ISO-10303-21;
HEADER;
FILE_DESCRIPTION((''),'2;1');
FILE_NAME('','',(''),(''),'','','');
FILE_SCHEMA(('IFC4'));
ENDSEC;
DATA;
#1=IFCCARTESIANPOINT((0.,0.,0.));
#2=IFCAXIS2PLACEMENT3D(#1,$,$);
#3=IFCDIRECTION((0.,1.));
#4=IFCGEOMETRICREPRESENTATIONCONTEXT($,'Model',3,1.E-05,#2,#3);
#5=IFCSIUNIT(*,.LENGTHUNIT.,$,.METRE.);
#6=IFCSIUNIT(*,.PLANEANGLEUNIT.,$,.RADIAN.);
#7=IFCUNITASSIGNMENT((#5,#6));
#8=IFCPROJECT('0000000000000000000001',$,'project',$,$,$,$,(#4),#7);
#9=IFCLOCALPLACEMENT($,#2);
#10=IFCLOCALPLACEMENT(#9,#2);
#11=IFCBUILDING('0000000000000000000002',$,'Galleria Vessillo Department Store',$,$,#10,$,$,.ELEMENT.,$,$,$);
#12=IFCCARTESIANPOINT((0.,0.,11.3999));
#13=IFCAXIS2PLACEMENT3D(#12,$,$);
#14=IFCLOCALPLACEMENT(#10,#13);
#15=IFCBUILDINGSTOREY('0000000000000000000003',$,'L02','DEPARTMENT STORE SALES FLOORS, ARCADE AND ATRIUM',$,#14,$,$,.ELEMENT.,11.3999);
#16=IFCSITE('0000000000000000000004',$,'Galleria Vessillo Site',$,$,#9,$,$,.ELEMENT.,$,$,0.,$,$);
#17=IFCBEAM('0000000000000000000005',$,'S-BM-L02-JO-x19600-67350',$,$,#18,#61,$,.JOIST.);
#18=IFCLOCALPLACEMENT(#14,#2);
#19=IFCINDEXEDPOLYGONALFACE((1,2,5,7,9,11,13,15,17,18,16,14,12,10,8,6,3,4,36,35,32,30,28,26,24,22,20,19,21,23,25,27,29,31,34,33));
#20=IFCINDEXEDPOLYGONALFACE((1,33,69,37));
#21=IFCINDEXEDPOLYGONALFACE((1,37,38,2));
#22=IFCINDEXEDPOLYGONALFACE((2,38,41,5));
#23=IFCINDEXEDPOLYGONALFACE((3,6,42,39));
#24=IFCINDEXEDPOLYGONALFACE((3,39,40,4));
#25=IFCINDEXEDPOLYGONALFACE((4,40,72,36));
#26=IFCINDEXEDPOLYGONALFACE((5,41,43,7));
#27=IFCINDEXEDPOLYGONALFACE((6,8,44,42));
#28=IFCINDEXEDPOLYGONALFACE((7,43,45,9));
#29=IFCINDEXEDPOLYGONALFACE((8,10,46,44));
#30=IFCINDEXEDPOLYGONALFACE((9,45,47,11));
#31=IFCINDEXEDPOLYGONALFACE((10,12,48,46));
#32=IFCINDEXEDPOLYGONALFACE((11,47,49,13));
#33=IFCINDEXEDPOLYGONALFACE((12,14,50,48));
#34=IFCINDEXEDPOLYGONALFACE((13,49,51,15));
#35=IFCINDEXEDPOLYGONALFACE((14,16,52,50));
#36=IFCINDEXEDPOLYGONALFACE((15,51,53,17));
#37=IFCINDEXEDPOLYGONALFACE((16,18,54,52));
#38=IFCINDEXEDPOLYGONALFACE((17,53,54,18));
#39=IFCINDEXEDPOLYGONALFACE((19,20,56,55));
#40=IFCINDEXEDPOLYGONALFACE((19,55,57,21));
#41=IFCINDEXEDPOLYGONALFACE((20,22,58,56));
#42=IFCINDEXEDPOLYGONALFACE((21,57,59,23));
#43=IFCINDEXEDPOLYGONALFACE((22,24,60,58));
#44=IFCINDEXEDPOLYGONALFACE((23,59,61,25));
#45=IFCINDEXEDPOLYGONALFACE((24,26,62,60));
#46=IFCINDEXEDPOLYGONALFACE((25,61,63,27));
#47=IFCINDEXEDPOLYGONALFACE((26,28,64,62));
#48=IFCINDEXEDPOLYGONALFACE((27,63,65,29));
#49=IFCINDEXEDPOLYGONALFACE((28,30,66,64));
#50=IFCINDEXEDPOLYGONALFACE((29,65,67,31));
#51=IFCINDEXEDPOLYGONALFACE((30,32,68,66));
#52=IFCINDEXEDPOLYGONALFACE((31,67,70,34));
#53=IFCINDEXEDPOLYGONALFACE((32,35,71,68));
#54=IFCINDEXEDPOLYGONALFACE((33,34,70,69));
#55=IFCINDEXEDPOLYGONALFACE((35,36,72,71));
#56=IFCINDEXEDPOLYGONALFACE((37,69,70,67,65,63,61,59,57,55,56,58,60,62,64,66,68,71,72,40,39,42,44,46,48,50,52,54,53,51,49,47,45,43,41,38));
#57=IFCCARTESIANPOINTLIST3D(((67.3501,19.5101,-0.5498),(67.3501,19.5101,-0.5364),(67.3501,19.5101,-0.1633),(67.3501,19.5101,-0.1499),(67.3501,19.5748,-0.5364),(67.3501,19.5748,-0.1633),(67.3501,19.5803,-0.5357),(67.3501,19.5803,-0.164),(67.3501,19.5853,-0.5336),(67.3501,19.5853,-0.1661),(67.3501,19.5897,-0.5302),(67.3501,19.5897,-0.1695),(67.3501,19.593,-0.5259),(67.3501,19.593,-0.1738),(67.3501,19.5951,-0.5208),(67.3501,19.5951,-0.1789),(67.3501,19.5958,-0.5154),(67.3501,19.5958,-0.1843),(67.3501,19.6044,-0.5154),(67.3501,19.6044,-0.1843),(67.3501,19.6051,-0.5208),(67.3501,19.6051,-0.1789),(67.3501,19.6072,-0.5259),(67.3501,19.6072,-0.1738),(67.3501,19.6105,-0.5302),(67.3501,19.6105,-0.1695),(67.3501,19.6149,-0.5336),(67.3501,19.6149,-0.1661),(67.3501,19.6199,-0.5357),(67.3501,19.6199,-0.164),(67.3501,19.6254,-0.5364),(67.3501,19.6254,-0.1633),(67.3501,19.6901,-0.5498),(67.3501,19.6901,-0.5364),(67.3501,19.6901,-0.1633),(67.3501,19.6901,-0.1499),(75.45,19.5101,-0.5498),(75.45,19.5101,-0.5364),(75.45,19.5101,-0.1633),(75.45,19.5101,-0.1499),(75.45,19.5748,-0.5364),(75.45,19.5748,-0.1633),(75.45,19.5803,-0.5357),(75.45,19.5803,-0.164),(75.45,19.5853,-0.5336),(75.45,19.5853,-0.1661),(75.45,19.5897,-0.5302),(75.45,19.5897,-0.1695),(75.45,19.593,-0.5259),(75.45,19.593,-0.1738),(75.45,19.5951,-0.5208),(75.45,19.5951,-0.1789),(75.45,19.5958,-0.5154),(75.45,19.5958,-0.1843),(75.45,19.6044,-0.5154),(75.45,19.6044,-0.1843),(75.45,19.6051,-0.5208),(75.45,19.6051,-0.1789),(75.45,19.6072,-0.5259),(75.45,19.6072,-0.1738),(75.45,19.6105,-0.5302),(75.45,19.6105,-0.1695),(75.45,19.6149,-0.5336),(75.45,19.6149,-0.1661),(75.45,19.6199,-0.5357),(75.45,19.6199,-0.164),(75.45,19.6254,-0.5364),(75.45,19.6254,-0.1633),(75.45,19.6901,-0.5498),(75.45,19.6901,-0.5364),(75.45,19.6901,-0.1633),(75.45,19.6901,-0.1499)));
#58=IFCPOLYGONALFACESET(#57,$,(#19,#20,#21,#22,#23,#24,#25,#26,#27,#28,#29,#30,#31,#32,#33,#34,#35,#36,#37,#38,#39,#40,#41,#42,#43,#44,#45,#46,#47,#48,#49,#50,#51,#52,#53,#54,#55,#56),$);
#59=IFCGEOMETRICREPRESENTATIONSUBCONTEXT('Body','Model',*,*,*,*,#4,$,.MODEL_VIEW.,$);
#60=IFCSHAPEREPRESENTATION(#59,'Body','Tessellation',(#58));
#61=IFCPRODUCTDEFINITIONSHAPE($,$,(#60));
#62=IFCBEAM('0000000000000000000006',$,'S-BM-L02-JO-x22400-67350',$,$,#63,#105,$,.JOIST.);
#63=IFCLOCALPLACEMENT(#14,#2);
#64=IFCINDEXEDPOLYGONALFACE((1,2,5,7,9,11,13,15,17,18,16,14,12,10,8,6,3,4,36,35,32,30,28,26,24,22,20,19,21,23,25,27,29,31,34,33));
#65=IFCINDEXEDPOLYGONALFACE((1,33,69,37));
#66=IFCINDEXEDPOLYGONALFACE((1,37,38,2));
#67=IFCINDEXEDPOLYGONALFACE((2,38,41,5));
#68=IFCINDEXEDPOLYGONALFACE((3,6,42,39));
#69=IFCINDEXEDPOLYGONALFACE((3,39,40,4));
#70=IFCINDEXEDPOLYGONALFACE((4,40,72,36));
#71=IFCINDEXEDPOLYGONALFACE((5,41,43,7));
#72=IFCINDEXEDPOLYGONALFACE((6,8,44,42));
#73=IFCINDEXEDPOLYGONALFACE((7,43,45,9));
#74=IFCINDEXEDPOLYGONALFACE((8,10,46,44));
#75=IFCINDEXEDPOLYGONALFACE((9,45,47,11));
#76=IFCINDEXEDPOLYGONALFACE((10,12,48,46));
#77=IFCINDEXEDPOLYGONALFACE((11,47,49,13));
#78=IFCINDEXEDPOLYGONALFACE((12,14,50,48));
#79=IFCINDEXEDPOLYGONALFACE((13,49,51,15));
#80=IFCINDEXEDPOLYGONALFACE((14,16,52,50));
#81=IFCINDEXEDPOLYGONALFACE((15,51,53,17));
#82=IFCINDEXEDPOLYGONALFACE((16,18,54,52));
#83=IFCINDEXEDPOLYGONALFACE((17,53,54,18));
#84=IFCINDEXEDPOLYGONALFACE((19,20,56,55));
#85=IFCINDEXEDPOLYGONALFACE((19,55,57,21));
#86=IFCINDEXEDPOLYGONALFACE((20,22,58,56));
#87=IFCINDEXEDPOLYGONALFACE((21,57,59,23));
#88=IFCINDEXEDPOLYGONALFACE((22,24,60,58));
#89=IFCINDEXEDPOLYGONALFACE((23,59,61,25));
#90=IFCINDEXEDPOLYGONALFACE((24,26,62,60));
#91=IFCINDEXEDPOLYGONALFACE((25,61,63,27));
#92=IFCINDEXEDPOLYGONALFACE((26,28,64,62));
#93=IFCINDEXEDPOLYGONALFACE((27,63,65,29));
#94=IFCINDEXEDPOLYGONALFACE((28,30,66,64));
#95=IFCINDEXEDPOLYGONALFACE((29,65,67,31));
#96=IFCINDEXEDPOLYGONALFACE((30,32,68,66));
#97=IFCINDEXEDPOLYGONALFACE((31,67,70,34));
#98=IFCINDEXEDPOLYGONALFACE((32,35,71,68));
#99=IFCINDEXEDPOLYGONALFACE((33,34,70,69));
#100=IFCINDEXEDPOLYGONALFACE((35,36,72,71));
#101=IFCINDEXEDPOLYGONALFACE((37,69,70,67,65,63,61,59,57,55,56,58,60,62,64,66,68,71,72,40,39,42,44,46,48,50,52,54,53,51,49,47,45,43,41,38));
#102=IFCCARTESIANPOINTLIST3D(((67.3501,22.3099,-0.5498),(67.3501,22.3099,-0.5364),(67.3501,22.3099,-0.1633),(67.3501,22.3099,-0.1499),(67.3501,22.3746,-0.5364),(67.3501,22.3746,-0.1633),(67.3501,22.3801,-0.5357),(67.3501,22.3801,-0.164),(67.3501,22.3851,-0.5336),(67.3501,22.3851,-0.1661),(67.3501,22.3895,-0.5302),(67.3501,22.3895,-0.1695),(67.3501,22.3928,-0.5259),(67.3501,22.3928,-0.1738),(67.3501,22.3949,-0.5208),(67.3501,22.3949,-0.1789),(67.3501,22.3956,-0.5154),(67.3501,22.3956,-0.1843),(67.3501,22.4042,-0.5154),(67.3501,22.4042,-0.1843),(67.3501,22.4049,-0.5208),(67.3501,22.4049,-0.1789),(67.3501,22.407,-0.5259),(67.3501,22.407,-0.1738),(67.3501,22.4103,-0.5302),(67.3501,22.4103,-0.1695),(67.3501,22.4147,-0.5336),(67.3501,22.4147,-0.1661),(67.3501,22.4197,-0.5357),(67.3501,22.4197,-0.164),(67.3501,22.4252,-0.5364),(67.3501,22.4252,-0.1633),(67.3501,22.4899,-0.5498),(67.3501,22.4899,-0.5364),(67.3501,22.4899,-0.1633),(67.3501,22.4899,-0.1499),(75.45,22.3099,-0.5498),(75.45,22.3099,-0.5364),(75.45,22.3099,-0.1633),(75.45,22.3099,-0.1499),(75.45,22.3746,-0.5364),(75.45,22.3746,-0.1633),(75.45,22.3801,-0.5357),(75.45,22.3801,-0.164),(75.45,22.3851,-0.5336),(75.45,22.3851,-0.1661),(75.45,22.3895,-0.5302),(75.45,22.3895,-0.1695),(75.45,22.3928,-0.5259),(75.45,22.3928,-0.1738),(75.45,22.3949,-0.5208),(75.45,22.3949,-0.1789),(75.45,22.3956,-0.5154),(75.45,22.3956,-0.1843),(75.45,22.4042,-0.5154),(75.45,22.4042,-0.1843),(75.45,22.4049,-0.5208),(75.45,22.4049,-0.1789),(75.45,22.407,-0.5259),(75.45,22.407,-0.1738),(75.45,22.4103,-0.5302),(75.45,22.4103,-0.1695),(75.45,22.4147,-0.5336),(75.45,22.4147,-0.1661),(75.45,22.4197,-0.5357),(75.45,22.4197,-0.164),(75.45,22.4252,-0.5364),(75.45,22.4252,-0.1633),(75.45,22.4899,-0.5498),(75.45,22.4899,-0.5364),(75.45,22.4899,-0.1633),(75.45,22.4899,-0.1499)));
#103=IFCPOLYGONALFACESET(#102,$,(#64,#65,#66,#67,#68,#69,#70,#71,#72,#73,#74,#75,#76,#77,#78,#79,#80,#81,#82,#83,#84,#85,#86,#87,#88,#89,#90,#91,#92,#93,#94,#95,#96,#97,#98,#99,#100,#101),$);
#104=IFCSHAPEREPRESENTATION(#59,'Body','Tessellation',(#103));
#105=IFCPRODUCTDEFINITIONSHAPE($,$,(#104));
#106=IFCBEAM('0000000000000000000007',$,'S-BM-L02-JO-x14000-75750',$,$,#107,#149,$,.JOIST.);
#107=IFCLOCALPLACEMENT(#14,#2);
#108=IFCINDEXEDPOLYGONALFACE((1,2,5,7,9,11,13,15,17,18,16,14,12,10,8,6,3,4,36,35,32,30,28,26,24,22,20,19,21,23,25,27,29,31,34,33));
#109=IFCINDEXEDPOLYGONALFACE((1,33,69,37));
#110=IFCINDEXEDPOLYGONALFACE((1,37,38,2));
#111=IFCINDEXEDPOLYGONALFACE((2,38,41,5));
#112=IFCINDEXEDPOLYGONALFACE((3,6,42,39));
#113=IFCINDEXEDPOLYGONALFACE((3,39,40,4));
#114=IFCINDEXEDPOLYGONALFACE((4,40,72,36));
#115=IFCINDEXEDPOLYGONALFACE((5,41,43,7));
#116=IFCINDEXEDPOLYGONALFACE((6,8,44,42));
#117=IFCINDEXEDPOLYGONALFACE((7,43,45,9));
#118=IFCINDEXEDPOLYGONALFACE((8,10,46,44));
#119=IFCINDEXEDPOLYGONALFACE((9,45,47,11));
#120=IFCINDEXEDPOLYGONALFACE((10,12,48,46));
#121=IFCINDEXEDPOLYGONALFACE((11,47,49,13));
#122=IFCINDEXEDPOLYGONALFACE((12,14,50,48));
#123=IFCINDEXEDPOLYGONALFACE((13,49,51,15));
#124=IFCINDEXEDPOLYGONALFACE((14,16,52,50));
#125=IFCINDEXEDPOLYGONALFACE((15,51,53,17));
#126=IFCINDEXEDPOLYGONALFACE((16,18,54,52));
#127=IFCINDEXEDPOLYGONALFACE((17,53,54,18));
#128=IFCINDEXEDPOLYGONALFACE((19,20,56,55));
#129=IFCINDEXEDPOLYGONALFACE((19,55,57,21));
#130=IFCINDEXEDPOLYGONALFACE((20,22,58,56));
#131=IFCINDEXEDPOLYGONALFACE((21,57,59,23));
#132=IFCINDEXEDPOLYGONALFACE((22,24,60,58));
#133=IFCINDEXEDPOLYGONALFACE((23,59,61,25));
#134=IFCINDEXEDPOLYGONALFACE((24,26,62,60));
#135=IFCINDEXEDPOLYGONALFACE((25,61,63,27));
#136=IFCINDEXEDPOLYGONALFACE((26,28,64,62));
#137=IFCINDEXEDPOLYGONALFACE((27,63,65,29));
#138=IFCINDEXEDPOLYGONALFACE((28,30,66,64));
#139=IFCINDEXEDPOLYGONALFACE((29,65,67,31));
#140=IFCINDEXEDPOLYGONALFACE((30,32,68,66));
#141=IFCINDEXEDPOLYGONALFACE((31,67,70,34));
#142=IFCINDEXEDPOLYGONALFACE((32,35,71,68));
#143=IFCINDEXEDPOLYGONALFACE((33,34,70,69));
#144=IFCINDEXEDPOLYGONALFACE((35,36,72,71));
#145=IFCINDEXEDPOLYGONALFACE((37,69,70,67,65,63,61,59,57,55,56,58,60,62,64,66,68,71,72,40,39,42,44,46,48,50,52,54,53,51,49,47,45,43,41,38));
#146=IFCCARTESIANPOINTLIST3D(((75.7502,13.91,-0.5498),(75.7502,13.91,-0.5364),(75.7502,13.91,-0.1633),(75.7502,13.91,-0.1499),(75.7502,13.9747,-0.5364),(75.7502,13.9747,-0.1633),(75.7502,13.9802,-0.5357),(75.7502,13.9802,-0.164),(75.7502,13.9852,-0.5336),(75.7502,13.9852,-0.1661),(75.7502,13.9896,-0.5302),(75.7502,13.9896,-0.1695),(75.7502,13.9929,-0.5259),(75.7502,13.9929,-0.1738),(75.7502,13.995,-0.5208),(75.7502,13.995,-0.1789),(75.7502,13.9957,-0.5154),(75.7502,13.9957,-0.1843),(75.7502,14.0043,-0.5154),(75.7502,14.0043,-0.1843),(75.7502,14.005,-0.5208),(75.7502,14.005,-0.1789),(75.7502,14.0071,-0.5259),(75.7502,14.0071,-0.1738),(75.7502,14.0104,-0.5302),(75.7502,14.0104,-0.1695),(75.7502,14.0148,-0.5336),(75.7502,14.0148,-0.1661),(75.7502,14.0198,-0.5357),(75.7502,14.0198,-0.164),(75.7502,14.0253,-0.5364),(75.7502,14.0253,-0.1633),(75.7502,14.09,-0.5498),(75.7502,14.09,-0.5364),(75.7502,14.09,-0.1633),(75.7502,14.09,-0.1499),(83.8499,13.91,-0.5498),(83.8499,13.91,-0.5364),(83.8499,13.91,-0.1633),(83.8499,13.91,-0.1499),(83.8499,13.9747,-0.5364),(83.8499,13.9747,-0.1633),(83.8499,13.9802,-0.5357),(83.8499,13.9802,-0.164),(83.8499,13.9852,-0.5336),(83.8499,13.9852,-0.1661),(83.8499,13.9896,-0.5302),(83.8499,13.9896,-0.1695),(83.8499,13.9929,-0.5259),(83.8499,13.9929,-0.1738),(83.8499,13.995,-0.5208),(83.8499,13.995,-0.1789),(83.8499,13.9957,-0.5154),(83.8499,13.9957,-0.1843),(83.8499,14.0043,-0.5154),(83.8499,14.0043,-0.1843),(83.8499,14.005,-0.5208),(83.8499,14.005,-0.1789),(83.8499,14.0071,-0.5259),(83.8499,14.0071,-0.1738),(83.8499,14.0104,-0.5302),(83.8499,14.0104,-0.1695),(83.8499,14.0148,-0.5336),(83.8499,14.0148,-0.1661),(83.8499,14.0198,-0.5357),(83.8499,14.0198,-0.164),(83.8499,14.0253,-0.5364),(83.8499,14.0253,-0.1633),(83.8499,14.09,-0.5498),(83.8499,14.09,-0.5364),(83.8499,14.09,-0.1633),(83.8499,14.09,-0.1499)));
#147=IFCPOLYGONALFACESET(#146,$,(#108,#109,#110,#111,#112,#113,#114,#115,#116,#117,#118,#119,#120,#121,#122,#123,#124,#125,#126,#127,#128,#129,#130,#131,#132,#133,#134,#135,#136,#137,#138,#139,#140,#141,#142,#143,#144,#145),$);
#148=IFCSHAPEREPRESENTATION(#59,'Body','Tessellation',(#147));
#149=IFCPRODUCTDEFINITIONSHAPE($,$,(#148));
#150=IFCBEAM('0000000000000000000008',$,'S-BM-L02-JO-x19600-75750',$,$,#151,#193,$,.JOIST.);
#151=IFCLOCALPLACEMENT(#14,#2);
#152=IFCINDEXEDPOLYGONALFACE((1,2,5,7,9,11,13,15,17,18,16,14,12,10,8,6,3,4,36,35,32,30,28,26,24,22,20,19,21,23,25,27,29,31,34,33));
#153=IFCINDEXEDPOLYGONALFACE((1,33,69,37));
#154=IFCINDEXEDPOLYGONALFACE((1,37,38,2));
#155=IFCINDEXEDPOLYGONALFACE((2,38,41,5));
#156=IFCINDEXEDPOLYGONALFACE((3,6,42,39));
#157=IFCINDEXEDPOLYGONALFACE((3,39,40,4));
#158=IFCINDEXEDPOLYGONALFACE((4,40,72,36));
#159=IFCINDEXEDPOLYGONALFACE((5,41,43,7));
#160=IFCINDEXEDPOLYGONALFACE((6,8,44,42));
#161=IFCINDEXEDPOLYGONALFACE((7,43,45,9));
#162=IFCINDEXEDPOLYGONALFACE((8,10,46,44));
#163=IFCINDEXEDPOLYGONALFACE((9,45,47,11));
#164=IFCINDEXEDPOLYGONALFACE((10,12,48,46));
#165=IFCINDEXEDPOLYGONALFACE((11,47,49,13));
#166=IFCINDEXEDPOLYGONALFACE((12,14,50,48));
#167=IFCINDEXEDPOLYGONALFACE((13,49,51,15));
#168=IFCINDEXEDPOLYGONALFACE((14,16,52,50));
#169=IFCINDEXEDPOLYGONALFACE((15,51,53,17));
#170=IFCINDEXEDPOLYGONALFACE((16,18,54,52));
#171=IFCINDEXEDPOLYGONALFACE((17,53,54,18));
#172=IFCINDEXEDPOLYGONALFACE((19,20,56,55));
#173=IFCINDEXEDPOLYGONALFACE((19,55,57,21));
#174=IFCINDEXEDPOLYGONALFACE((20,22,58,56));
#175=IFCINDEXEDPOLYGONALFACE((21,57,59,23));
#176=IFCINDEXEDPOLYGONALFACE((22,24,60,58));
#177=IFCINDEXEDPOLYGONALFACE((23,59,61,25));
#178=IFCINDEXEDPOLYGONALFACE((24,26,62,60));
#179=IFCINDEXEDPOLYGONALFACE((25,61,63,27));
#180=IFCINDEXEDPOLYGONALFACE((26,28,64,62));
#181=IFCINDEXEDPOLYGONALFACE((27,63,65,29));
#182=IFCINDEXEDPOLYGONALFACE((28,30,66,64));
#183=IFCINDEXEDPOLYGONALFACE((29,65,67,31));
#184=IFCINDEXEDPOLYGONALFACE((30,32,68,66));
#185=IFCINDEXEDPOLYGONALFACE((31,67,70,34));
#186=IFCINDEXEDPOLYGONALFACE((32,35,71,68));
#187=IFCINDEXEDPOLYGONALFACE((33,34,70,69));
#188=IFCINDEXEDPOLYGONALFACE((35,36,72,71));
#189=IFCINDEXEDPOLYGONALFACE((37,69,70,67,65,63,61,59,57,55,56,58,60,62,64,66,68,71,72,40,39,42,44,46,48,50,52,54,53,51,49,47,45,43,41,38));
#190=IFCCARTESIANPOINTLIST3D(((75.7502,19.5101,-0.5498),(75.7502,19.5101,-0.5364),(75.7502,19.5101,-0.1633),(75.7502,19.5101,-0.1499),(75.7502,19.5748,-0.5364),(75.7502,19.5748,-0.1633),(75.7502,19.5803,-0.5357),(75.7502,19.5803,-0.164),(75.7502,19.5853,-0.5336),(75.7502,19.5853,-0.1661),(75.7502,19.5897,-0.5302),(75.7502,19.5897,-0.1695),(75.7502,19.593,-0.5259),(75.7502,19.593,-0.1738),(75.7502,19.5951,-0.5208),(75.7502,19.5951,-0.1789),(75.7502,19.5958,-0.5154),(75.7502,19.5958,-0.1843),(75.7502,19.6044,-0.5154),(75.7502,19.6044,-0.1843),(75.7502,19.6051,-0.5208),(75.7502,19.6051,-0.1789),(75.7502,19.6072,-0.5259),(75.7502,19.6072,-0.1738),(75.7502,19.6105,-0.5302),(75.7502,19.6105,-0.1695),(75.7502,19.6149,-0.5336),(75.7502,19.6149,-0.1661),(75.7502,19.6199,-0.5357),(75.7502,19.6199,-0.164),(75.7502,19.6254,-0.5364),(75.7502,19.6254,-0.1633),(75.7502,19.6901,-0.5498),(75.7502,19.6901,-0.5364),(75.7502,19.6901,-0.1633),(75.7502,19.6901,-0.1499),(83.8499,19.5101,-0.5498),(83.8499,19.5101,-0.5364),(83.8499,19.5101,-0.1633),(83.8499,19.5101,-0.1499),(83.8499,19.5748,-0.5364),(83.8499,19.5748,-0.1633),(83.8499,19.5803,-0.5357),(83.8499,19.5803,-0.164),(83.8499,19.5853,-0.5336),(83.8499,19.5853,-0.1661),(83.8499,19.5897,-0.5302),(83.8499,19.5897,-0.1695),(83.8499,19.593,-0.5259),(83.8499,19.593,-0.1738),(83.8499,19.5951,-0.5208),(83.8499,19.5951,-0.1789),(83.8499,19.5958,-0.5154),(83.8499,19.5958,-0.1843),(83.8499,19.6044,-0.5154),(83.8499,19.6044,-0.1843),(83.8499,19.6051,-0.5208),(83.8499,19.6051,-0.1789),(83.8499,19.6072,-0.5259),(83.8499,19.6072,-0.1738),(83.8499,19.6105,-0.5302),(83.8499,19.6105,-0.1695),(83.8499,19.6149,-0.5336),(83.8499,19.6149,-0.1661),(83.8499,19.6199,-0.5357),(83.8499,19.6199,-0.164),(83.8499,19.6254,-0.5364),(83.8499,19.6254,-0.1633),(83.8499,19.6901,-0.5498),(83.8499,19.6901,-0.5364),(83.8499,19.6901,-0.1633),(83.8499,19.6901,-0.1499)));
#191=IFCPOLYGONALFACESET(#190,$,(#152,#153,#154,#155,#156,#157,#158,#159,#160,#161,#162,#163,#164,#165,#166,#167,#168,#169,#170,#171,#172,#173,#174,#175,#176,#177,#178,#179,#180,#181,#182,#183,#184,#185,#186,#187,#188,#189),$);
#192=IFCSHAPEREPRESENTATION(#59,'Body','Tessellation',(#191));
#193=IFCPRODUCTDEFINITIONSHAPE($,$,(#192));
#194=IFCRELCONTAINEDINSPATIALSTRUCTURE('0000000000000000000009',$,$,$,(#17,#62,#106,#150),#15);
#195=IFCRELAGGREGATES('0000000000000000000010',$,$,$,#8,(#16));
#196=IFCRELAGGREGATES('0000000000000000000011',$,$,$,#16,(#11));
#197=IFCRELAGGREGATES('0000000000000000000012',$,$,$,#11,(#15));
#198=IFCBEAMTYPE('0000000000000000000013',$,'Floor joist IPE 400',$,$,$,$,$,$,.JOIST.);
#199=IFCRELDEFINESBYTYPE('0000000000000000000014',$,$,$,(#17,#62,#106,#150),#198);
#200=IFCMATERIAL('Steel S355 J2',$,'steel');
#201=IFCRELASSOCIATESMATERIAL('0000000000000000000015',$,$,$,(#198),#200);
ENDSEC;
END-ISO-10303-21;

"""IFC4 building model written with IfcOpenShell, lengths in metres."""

from ifc_helpers import new_model, si_unit, direction, frame, origin, origin_2d, place, context, subcontext, project, spatial, i_section, extrude, material, material_profile, profile_set, type_object, element, save


model = new_model("IFC4")

# Units and contexts
model_context = context("Model", 3, precision=1e-05, world=origin(), true_north=direction((0.0, 1.0)))
body_context = subcontext(model_context, "Body", "Model", "MODEL_VIEW")
ifc_project = project(units=[si_unit("LENGTHUNIT", "METRE"), si_unit("PLANEANGLEUNIT", "RADIAN")], contexts=[model_context])

# Site, building, storey
site_placement = place(None, origin())
site = spatial("IfcSite", under=ifc_project, at=site_placement, Name="Galleria Vessillo Site", CompositionType="ELEMENT", RefElevation=0.0)
building_placement = place(site_placement, origin())
building = spatial("IfcBuilding", under=site, at=building_placement, Name="Galleria Vessillo Department Store", CompositionType="ELEMENT")
storey_placement = place(building_placement, frame((0.0, 0.0, 11.3999)))
storey = spatial("IfcBuildingStorey", under=building, at=storey_placement, Name="L02", Description="DEPARTMENT STORE SALES FLOORS, ARCADE AND ATRIUM", CompositionType="ELEMENT", Elevation=11.3999)

# Beams
ifc_material_1 = material(Name="Steel S355 J2", Category="steel")
ifc_material_profile_1 = material_profile(ifc_material_1, i_section(OverallWidth=0.1799, OverallDepth=0.3999, WebThickness=0.0085, FlangeThickness=0.0134, FilletRadius=0.021, at=origin_2d()), Name="IPE 400")
ifc_profile_set_1 = profile_set([ifc_material_profile_1], Name="Steel S355 J2")
beam_type_1 = type_object("IfcBeamType", Name="Floor joist IPE 400", PredefinedType="JOIST", material=ifc_profile_set_1)
for number, where, z_axis, x_axis, name in (
    (1, (67.3501, 19.6001, -0.3499), (1.0, 0.0, 0.0), (0.0, 1.0, 0.0), "S-BM-L02-JO-x19600-67350"),
    (2, (67.3501, 22.3999, -0.3499), (1.0, 0.0, 0.0), (0.0, 1.0, 0.0), "S-BM-L02-JO-x22400-67350"),
):
    element("IfcBeam", number, at=place(storey_placement, frame(where, z_axis=z_axis, x_axis=x_axis)), inside=storey, type_object=beam_type_1, Name=name, PredefinedType="JOIST", context=body_context, shape_type="SweptSolid", body=[
        extrude(i_section(OverallWidth=0.1799, OverallDepth=0.3999, WebThickness=0.0085, FlangeThickness=0.0134, FilletRadius=0.021, at=origin_2d()), origin(), (0.0, 0.0, 1.0), 8.0999),
    ])
for number, where, z_axis, x_axis, name in (
    (3, (75.7502, 14.0, -0.3499), (1.0, 0.0, 0.0), (0.0, 1.0, 0.0), "S-BM-L02-JO-x14000-75750"),
    (4, (75.7502, 19.6001, -0.3499), (1.0, 0.0, 0.0), (0.0, 1.0, 0.0), "S-BM-L02-JO-x19600-75750"),
):
    element("IfcBeam", number, at=place(storey_placement, frame(where, z_axis=z_axis, x_axis=x_axis)), inside=storey, type_object=beam_type_1, Name=name, PredefinedType="JOIST", context=body_context, shape_type="SweptSolid", body=[
        extrude(i_section(OverallWidth=0.1799, OverallDepth=0.3999, WebThickness=0.0085, FlangeThickness=0.0134, FilletRadius=0.021, at=origin_2d()), origin(), (0.0, 0.0, 1.0), 8.0996),
    ])

save(model, "model.ifc")
